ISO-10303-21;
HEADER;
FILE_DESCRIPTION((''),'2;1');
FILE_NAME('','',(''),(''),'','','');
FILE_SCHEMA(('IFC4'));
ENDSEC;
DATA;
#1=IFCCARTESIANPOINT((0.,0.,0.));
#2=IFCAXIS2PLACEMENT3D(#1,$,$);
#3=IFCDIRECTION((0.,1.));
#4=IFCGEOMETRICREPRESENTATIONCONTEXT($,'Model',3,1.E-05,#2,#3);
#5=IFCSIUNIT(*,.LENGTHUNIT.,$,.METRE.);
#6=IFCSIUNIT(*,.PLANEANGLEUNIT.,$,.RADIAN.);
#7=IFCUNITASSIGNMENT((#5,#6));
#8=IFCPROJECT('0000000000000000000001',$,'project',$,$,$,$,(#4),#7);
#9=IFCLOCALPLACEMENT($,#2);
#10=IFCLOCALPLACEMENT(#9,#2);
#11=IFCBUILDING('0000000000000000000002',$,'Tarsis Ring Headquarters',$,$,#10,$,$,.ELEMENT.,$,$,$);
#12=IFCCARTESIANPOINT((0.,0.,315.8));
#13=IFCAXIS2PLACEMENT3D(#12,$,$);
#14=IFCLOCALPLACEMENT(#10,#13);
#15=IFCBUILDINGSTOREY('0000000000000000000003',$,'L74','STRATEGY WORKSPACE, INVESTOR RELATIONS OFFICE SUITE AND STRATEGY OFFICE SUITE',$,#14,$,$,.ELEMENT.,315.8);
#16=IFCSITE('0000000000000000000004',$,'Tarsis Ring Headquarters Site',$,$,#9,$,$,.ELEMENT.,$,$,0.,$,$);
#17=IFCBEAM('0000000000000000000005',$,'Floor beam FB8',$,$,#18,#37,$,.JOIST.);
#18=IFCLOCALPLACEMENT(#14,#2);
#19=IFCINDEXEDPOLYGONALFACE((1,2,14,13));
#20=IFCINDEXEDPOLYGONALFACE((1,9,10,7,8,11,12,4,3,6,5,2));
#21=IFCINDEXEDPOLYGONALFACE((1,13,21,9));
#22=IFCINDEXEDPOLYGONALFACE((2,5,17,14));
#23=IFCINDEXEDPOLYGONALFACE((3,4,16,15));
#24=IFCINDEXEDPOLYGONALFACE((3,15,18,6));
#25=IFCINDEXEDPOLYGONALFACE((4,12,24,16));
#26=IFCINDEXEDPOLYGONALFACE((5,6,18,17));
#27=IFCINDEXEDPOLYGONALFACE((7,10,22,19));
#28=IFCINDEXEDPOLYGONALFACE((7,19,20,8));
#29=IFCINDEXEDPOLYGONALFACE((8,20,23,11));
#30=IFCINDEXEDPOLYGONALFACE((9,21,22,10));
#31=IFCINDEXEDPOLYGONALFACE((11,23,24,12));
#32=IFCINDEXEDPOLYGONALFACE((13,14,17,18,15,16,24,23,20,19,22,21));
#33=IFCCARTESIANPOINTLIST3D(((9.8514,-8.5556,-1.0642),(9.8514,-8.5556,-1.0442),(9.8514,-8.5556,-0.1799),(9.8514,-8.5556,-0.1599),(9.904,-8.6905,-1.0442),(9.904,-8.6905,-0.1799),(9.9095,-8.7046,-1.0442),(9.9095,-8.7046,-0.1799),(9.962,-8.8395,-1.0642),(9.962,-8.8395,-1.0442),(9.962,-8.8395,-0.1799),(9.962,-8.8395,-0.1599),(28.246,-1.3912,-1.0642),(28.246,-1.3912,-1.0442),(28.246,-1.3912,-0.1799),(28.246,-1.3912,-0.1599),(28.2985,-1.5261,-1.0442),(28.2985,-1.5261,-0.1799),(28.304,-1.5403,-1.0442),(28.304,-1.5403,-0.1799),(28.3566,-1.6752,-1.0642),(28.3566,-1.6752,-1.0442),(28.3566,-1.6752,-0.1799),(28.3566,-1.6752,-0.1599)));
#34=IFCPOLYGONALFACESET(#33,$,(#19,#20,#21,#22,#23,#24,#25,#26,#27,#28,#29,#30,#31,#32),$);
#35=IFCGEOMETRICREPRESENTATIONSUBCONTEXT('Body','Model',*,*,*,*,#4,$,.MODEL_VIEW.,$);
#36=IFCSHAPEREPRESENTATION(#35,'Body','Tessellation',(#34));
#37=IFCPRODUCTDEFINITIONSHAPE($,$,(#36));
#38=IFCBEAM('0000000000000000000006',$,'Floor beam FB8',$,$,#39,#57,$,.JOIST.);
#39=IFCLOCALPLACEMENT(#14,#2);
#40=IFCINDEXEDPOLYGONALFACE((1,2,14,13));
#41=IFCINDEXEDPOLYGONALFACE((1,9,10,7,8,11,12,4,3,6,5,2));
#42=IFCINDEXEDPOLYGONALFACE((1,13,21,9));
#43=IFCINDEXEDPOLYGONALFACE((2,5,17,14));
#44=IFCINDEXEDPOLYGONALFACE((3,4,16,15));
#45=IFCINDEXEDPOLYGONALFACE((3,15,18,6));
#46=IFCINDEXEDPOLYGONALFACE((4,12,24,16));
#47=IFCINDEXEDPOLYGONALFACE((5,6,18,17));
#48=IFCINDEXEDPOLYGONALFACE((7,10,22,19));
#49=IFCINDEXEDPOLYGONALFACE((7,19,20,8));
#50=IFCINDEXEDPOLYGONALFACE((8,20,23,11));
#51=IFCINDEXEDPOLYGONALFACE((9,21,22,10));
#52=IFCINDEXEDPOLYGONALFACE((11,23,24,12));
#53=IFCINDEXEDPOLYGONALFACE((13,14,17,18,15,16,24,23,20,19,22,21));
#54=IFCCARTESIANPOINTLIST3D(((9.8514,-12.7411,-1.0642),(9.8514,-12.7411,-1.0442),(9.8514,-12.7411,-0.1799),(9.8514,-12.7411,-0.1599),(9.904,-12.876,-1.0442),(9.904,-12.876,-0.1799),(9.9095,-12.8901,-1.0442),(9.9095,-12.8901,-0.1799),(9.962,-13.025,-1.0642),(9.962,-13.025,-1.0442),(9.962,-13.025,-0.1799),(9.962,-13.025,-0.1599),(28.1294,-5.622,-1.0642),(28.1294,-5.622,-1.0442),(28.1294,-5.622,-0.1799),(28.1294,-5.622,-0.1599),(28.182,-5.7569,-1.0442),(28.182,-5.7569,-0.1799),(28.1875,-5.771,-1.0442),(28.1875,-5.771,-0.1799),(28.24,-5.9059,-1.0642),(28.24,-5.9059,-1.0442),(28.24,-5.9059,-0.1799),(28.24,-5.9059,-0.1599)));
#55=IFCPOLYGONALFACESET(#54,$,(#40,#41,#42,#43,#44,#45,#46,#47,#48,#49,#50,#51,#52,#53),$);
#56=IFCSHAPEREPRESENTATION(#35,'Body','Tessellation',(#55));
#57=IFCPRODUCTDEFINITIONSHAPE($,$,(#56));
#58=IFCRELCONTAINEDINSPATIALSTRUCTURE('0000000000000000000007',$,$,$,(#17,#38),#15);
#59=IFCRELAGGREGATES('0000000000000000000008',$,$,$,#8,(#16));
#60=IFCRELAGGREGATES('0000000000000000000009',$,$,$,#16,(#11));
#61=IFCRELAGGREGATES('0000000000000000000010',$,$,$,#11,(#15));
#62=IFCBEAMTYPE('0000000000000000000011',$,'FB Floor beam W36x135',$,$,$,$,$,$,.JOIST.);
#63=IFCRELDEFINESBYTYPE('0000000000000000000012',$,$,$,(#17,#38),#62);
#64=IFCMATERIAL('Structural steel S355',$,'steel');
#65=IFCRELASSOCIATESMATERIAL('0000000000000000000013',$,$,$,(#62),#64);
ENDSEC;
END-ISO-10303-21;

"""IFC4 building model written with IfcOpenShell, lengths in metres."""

from ifc_helpers import new_model, si_unit, direction, frame, origin, origin_2d, place, context, subcontext, project, spatial, i_section, extrude, material, material_profile, profile_set, type_object, element, save


model = new_model("IFC4")

# Units and contexts
model_context = context("Model", 3, precision=1e-05, world=origin(), true_north=direction((0.0, 1.0)))
body_context = subcontext(model_context, "Body", "Model", "MODEL_VIEW")
ifc_project = project(units=[si_unit("LENGTHUNIT", "METRE"), si_unit("PLANEANGLEUNIT", "RADIAN")], contexts=[model_context])

# Site, building, storey
site_placement = place(None, origin())
site = spatial("IfcSite", under=ifc_project, at=site_placement, Name="Tarsis Ring Headquarters Site", CompositionType="ELEMENT", RefElevation=0.0)
building_placement = place(site_placement, origin())
building = spatial("IfcBuilding", under=site, at=building_placement, Name="Tarsis Ring Headquarters", CompositionType="ELEMENT")
storey_placement = place(building_placement, frame((0.0, 0.0, 315.8)))
storey = spatial("IfcBuildingStorey", under=building, at=storey_placement, Name="L74", Description="STRATEGY WORKSPACE, INVESTOR RELATIONS OFFICE SUITE AND STRATEGY OFFICE SUITE", CompositionType="ELEMENT", Elevation=315.8)

# Beams
ifc_material_1 = material(Name="Structural steel S355", Category="steel")
ifc_material_profile = material_profile(ifc_material_1, i_section(OverallWidth=0.3047, OverallDepth=0.9043, WebThickness=0.0151, FlangeThickness=0.02, at=origin_2d()), Name="W36x135")
ifc_profile_set = profile_set([ifc_material_profile], Name="Structural steel S355")
beam_type = type_object("IfcBeamType", Name="FB Floor beam W36x135", PredefinedType="JOIST", material=ifc_profile_set)
beam_1_placement = place(storey_placement, frame((9.9067, -8.6975, -0.6121), z_axis=(0.931818, 0.362925, 0.0), x_axis=(-0.362925, 0.931818, 0.0)))
element("IfcBeam", 1, at=beam_1_placement, inside=storey, type_object=beam_type, Name="Floor beam FB8", PredefinedType="JOIST", context=body_context, shape_type="SweptSolid", body=[
    extrude(i_section(OverallWidth=0.3047, OverallDepth=0.9043, WebThickness=0.0151, FlangeThickness=0.02, at=origin_2d()), origin(), (0.0, 0.0, 1.0), 19.7405),
])
beam_2_placement = place(storey_placement, frame((9.9067, -12.8831, -0.6121), z_axis=(0.931815, 0.362933, 0.0), x_axis=(-0.362933, 0.931815, 0.0)))
element("IfcBeam", 2, at=beam_2_placement, inside=storey, type_object=beam_type, Name="Floor beam FB8", PredefinedType="JOIST", context=body_context, shape_type="SweptSolid", body=[
    extrude(i_section(OverallWidth=0.3047, OverallDepth=0.9043, WebThickness=0.0151, FlangeThickness=0.02, at=origin_2d()), origin(), (0.0, 0.0, 1.0), 19.6155),
])

save(model, "model.ifc")
